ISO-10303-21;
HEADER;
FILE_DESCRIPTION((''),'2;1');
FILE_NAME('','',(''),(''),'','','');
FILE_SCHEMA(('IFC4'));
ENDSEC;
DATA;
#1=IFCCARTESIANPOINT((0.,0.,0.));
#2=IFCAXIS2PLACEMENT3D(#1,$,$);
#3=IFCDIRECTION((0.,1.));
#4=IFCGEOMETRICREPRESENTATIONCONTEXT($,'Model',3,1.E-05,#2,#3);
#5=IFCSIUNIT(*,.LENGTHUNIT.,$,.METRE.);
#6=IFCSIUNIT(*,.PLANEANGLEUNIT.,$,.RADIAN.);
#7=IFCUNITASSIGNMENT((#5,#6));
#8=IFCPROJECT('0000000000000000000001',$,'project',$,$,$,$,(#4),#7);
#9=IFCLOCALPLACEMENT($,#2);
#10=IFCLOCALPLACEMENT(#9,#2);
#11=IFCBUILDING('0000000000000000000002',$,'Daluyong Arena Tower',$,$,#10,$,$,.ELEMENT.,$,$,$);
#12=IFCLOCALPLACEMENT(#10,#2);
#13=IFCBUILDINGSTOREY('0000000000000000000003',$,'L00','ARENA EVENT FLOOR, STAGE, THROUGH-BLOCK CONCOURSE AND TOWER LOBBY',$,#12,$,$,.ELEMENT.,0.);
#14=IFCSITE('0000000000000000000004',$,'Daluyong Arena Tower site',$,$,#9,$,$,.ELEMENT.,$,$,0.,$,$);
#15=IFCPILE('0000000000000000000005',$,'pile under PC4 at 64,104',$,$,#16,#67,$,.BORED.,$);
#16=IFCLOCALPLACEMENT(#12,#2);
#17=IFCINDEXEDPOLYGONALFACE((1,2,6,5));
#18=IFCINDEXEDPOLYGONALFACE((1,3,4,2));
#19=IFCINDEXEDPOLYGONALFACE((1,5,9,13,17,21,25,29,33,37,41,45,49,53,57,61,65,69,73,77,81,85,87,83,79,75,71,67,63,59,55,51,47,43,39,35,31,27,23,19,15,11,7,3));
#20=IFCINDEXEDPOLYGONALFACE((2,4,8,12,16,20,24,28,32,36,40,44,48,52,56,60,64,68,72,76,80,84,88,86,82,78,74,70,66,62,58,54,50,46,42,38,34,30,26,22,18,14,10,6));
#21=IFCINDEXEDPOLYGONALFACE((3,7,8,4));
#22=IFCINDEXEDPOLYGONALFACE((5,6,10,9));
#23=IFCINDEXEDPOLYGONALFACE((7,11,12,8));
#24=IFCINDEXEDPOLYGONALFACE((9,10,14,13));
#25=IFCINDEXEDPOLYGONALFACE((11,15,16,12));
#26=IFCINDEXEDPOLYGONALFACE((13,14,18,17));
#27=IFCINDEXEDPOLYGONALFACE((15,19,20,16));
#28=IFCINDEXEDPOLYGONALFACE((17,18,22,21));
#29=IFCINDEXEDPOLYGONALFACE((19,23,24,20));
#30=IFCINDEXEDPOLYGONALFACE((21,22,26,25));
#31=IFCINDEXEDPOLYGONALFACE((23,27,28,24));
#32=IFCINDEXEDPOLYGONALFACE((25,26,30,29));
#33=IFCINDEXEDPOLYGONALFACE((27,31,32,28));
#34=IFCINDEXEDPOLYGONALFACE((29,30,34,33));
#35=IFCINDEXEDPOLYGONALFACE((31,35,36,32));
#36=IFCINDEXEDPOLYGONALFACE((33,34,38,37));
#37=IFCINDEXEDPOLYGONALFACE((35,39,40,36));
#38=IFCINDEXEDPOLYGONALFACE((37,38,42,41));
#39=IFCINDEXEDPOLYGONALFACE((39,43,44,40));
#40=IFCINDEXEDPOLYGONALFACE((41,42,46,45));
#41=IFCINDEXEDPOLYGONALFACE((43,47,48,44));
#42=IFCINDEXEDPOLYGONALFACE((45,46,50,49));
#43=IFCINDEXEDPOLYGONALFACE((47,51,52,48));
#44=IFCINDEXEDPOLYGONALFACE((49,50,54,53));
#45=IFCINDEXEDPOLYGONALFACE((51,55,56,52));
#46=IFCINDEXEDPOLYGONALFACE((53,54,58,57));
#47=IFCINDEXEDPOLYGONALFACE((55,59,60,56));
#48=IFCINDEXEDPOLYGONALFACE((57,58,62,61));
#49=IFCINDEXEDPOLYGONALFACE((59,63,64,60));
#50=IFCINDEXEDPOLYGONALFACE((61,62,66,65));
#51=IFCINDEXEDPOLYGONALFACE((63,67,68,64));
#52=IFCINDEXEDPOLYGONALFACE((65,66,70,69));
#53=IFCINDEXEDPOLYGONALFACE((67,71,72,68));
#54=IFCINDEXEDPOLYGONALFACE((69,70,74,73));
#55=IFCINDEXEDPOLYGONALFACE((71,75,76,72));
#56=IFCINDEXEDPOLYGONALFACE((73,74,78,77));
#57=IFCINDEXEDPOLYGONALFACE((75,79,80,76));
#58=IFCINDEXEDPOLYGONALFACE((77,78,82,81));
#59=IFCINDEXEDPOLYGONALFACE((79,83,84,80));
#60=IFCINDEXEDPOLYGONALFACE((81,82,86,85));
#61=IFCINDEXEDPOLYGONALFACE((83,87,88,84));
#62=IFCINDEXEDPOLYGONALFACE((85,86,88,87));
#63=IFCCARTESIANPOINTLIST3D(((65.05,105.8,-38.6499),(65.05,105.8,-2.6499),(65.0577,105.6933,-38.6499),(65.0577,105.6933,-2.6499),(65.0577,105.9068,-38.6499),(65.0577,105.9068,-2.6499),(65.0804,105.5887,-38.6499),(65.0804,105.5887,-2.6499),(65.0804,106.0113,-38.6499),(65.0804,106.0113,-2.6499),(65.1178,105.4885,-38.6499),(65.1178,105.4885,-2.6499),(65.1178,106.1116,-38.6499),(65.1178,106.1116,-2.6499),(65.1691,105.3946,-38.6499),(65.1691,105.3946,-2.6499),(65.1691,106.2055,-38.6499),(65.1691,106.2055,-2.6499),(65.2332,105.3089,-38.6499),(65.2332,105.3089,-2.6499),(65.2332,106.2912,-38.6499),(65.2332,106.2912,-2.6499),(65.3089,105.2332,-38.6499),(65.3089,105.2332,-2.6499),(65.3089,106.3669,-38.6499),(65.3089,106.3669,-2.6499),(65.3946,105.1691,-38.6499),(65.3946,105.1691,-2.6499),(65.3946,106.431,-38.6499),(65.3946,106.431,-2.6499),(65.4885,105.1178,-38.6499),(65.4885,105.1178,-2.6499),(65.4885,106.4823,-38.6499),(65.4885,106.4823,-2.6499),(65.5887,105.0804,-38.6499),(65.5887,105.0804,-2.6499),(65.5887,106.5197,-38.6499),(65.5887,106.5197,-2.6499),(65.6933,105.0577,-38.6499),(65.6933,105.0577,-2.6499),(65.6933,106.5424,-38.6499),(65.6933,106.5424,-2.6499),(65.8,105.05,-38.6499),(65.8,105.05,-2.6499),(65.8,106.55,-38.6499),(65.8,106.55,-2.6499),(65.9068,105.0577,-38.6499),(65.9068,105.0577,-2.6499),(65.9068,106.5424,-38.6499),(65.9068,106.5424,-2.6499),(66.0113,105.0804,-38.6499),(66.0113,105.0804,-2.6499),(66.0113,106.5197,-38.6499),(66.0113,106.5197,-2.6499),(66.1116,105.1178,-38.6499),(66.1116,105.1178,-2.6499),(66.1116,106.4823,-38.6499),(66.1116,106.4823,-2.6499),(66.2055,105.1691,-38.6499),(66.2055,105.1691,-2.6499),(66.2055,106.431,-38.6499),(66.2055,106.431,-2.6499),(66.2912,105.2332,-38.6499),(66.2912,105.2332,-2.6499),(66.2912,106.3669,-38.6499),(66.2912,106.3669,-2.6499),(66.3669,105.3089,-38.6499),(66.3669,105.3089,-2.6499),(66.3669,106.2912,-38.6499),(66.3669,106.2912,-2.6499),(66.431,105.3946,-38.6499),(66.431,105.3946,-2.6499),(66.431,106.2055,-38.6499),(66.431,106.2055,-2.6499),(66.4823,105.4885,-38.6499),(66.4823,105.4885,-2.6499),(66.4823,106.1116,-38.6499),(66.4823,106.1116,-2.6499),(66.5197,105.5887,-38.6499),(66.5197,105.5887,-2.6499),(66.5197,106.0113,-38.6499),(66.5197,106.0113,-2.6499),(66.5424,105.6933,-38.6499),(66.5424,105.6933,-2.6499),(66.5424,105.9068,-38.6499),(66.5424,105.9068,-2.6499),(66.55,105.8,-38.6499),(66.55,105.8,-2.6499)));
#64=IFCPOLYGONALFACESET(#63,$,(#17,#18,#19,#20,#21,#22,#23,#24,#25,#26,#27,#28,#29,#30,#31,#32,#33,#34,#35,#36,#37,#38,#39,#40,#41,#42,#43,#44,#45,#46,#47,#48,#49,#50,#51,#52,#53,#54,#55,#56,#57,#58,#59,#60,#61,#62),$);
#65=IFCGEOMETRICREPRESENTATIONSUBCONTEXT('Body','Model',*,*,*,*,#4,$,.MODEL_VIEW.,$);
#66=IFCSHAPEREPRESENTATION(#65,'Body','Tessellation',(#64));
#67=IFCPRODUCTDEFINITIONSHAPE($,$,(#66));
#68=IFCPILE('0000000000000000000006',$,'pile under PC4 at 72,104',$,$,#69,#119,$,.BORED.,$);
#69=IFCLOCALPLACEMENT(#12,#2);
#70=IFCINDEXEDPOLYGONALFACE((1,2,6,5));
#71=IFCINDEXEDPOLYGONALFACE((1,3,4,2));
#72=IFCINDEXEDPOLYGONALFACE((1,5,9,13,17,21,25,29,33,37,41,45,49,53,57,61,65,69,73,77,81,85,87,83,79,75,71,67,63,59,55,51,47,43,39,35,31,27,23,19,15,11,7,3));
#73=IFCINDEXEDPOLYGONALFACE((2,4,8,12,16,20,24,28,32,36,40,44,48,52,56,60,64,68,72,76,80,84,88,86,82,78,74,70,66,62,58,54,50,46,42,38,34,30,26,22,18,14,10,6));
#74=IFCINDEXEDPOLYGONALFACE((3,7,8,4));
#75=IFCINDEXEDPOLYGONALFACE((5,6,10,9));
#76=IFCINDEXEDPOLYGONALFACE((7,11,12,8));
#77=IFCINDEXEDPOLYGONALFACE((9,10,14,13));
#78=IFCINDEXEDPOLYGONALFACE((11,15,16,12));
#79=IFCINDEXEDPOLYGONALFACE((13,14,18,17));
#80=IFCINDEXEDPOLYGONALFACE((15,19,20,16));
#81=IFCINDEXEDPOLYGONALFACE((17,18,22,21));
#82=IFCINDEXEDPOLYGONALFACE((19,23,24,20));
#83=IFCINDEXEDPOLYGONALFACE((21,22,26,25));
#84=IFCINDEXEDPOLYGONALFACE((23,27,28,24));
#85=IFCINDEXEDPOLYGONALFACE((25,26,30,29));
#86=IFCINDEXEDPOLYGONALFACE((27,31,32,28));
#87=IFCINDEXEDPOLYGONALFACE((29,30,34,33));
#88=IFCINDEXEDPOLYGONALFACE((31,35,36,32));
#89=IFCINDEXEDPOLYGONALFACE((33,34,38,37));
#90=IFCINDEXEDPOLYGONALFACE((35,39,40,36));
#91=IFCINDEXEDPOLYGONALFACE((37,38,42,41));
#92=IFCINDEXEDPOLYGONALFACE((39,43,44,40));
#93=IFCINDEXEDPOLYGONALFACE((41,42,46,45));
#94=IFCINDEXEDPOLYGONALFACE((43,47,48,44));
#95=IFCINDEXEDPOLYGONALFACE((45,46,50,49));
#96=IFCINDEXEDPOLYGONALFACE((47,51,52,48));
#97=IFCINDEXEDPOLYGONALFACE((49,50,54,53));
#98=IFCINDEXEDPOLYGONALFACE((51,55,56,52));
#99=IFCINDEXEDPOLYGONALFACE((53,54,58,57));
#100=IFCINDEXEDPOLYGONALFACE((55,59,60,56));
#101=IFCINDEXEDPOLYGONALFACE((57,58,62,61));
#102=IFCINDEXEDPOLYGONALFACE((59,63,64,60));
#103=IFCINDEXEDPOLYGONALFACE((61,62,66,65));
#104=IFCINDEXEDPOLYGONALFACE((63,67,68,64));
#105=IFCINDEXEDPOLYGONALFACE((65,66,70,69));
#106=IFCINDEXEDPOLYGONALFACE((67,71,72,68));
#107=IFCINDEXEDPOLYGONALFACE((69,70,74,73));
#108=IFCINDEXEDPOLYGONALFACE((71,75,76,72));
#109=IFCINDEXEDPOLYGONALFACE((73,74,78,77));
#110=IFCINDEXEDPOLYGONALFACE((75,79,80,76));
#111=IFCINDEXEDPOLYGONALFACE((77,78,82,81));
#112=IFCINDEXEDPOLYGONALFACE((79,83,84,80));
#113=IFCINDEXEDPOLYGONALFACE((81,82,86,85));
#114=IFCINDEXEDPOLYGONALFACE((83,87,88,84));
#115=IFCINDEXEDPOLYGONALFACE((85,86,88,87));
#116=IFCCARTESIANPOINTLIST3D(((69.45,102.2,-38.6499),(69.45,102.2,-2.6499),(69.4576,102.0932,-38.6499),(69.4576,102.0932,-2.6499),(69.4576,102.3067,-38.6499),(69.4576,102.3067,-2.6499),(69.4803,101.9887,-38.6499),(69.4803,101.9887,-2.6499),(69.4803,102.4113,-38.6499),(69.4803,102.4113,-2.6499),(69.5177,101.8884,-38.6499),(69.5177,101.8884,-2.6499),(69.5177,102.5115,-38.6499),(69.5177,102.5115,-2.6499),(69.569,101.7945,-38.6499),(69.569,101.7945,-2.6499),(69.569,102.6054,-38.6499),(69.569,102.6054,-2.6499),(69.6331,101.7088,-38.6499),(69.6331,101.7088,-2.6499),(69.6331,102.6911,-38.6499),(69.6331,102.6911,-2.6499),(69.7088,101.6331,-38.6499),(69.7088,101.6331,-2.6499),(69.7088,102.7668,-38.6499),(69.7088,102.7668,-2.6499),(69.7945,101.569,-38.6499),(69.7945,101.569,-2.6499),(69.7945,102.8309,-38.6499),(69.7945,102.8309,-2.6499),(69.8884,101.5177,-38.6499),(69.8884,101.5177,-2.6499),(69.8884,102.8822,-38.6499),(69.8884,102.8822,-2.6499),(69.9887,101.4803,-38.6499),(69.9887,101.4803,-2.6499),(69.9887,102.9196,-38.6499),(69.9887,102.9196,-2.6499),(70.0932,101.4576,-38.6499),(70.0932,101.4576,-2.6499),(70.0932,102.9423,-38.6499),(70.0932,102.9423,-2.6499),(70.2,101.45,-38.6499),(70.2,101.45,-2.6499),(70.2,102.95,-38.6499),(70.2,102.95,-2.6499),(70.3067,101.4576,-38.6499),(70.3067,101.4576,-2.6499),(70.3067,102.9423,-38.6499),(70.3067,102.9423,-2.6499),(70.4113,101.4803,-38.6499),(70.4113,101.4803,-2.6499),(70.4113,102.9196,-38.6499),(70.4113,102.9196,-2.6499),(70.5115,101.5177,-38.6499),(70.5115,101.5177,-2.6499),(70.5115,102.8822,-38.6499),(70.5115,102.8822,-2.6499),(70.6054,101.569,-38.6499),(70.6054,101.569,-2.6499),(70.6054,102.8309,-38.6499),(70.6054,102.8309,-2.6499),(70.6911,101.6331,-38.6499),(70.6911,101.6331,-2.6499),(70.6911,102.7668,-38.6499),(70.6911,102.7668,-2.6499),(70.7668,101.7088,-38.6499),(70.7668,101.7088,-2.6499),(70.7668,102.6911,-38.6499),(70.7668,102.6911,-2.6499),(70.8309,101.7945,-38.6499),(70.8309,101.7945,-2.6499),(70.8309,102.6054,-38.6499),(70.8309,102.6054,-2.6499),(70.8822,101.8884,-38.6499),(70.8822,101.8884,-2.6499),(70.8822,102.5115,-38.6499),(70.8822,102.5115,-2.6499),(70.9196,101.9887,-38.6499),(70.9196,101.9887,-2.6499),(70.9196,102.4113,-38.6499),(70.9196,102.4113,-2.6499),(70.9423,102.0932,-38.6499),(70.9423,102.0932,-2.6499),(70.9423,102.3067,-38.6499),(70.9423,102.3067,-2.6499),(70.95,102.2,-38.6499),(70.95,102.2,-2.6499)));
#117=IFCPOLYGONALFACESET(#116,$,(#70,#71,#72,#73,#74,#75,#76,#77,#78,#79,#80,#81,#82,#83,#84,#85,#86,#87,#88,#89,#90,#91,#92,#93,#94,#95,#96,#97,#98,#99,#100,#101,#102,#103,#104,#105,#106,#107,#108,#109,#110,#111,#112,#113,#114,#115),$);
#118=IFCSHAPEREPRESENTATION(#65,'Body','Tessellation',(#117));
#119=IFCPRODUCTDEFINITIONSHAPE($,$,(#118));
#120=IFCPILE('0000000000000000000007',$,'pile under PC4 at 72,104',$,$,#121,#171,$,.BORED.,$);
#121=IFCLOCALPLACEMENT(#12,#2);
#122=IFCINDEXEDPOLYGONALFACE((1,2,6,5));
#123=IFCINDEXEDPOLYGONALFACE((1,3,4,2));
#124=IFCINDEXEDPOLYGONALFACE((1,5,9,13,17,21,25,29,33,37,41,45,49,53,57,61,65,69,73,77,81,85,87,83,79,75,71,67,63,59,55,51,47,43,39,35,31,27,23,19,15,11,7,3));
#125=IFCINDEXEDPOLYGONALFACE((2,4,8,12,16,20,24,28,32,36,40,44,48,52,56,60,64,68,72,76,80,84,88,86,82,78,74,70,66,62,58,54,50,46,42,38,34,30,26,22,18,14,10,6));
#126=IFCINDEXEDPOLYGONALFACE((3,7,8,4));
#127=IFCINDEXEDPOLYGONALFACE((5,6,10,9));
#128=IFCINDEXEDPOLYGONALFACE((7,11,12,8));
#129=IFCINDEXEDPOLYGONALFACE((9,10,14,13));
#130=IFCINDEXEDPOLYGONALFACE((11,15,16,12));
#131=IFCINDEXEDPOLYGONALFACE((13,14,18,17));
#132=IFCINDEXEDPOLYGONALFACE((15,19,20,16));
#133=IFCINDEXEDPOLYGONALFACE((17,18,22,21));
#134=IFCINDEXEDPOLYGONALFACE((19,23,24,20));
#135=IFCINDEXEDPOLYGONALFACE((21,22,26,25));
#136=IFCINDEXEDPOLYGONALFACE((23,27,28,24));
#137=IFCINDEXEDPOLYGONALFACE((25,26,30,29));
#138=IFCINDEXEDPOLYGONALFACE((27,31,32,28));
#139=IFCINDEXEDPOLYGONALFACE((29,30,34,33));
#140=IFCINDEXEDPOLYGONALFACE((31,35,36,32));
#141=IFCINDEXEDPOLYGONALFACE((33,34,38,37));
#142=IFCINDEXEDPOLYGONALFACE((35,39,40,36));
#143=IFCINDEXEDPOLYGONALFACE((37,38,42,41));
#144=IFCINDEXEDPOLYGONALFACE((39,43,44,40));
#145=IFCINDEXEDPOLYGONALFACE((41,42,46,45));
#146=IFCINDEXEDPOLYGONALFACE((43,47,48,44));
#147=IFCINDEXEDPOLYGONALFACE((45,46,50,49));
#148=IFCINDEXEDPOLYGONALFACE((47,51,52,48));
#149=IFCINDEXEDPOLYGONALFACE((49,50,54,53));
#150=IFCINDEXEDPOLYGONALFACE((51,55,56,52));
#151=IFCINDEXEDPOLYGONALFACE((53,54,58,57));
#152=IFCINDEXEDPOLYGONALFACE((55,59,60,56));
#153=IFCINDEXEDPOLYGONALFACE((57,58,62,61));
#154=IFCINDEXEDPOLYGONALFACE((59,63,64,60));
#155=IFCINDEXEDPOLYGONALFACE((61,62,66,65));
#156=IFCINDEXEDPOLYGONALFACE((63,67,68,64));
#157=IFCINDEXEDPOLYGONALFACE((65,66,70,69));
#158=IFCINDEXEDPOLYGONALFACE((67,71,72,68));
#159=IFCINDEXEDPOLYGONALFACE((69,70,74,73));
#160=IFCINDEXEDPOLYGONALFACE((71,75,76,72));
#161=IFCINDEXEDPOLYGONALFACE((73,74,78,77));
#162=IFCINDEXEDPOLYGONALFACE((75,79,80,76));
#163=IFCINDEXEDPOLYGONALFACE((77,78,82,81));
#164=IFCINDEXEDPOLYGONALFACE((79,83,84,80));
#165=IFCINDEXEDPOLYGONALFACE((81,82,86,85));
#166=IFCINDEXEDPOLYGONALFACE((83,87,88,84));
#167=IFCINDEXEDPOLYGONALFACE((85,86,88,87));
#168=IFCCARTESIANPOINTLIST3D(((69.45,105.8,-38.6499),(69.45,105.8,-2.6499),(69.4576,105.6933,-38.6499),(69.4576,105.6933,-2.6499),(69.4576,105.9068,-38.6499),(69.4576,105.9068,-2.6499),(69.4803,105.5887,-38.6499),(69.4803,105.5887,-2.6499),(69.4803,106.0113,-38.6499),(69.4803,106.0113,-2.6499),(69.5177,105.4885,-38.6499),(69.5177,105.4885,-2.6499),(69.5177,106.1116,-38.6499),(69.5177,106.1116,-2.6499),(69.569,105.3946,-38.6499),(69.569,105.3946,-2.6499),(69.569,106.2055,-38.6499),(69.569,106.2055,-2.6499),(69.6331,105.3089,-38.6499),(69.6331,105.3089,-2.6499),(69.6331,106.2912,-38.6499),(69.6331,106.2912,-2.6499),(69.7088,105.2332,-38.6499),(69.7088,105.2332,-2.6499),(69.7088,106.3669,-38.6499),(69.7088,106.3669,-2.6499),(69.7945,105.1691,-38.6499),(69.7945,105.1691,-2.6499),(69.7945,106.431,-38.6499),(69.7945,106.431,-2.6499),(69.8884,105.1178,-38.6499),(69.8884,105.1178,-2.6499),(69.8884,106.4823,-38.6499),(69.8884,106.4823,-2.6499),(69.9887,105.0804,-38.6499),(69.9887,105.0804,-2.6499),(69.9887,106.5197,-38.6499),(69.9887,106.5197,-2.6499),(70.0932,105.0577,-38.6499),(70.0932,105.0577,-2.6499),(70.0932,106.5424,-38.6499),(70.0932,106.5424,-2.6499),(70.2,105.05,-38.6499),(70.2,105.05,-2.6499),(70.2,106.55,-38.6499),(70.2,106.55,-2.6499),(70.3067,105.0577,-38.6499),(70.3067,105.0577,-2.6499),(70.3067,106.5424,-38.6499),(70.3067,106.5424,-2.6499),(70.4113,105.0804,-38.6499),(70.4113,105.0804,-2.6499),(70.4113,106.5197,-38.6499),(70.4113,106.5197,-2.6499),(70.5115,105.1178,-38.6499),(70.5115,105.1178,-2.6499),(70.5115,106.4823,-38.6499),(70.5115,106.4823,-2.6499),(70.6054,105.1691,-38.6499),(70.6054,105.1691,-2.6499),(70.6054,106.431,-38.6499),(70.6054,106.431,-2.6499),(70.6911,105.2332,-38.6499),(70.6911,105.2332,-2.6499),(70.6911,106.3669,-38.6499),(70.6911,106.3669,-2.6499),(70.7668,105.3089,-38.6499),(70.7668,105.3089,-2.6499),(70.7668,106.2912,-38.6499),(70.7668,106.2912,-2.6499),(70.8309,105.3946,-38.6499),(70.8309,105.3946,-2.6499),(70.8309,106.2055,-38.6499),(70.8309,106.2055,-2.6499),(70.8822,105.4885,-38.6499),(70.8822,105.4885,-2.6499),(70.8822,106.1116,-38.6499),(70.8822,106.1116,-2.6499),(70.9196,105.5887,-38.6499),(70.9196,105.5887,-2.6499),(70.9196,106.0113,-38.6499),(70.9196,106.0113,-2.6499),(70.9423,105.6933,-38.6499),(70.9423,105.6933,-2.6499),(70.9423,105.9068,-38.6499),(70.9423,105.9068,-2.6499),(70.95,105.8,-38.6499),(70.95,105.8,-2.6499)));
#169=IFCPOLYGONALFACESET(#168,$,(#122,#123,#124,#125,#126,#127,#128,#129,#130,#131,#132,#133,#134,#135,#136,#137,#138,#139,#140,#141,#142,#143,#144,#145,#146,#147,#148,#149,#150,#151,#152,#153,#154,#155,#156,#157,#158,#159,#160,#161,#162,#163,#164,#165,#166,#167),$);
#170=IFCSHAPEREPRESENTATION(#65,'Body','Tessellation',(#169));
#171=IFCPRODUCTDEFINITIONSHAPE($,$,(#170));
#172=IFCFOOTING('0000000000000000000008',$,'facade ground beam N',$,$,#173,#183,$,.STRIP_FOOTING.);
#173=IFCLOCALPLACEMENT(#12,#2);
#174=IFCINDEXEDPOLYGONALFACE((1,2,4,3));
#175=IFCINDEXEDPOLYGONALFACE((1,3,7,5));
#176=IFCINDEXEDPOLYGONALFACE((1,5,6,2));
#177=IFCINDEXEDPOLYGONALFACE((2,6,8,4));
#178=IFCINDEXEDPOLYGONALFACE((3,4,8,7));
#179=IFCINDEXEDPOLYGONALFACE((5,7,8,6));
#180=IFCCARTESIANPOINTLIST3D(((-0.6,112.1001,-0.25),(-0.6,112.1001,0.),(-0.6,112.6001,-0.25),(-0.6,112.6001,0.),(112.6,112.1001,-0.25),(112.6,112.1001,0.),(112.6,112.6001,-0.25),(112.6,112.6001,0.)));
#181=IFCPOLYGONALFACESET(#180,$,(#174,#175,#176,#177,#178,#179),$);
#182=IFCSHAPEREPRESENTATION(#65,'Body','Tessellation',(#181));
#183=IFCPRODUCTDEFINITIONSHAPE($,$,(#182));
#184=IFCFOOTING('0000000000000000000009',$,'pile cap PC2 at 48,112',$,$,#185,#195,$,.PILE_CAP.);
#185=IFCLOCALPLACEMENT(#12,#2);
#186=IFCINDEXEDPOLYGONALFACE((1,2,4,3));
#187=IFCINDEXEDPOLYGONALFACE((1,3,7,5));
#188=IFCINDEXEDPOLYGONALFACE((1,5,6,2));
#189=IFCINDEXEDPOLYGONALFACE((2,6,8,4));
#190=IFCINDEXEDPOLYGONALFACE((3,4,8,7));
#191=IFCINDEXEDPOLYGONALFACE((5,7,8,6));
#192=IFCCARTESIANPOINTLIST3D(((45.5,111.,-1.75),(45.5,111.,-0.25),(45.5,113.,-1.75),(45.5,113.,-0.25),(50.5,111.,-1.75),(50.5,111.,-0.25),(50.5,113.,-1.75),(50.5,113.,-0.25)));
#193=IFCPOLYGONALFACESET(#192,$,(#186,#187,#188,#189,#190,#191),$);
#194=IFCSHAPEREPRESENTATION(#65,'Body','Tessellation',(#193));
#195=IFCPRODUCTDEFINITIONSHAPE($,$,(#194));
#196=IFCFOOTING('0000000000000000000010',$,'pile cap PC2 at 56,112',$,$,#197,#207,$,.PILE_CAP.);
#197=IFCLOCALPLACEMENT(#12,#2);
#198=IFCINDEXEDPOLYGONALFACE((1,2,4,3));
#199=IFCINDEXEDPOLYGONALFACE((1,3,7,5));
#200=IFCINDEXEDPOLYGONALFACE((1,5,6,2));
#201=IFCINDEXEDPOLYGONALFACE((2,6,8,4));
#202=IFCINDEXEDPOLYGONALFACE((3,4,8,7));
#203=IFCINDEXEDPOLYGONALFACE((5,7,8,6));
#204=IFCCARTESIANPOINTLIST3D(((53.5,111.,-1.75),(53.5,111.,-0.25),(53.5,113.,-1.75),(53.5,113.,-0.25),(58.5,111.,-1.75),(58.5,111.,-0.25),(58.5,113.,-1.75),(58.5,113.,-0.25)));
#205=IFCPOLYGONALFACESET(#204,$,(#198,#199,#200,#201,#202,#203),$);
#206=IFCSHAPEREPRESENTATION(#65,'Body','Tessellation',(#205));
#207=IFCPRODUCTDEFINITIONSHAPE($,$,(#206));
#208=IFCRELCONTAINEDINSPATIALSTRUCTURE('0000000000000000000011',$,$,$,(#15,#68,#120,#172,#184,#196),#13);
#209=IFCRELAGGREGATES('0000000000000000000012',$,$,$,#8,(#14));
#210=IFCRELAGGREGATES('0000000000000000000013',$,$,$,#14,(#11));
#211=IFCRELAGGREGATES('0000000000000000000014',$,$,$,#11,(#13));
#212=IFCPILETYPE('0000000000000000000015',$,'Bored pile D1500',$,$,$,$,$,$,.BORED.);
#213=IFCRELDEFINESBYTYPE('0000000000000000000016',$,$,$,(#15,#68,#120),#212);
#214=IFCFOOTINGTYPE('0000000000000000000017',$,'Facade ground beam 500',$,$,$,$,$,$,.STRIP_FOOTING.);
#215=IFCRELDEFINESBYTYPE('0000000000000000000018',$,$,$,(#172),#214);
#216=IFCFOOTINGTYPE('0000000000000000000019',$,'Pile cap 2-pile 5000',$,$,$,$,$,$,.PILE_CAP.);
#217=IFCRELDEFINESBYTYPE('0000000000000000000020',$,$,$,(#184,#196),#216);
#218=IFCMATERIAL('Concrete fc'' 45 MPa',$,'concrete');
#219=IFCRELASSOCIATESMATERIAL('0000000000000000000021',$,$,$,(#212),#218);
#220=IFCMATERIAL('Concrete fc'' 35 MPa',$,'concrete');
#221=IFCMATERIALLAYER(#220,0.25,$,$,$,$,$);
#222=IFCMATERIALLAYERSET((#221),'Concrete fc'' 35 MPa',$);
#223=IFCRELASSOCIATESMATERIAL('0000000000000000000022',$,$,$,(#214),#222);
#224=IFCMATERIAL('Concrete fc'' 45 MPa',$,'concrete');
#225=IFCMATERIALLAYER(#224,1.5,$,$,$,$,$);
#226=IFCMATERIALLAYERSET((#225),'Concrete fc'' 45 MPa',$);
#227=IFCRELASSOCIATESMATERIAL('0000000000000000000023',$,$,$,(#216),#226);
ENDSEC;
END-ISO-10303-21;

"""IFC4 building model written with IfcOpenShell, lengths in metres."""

from ifc_helpers import new_model, si_unit, direction, frame, origin, origin_2d, place, context, subcontext, project, spatial, rectangle, circle, extrude, material, layer, layer_set, type_object, element, save


model = new_model("IFC4")

# Units and contexts
model_context = context("Model", 3, precision=1e-05, world=origin(), true_north=direction((0.0, 1.0)))
body_context = subcontext(model_context, "Body", "Model", "MODEL_VIEW")
ifc_project = project(units=[si_unit("LENGTHUNIT", "METRE"), si_unit("PLANEANGLEUNIT", "RADIAN")], contexts=[model_context])

# Site, building, storey
site_placement = place(None, origin())
site = spatial("IfcSite", under=ifc_project, at=site_placement, Name="Daluyong Arena Tower site", CompositionType="ELEMENT", RefElevation=0.0)
building_placement = place(site_placement, origin())
building = spatial("IfcBuilding", under=site, at=building_placement, Name="Daluyong Arena Tower", CompositionType="ELEMENT")
storey_placement = place(building_placement, origin())
storey = spatial("IfcBuildingStorey", under=building, at=storey_placement, Name="L00", Description="ARENA EVENT FLOOR, STAGE, THROUGH-BLOCK CONCOURSE AND TOWER LOBBY", CompositionType="ELEMENT", Elevation=0.0)

# Piles
ifc_material_1 = material(Name="Concrete fc' 45 MPa", Category="concrete")
pile_type_1 = type_object("IfcPileType", Name="Bored pile D1500", PredefinedType="BORED", material=ifc_material_1)
for number, where, z_axis, x_axis, name in (
    (1, (65.8, 105.8, -2.6499), (0.0, 0.0, -1.0), (1.0, 0.0, 0.0), "pile under PC4 at 64,104"),
    (2, (70.2, 102.2, -2.6499), (0.0, 0.0, -1.0), (1.0, 0.0, 0.0), "pile under PC4 at 72,104"),
    (3, (70.2, 105.8, -2.6499), (0.0, 0.0, -1.0), (1.0, 0.0, 0.0), "pile under PC4 at 72,104"),
):
    element("IfcPile", number, at=place(storey_placement, frame(where, z_axis=z_axis, x_axis=x_axis)), inside=storey, type_object=pile_type_1, Name=name, PredefinedType="BORED", context=body_context, shape_type="SweptSolid", body=[
        extrude(circle(Radius=0.75, at=origin_2d()), origin(), (0.0, 0.0, 1.0), 36.0),
    ])

# Footings
ifc_material_2 = material(Name="Concrete fc' 35 MPa", Category="concrete")
ifc_layer_1 = layer(ifc_material_2, 0.25)
ifc_layer_set_1 = layer_set([ifc_layer_1], Name="Concrete fc' 35 MPa")
footing_type_1 = type_object("IfcFootingType", Name="Facade ground beam 500", PredefinedType="STRIP_FOOTING", material=ifc_layer_set_1)
footing_placement = place(storey_placement, frame((56.0, 112.3501, -0.25), z_axis=(0.0, 0.0, 1.0), x_axis=(1.0, 0.0, 0.0)))
element("IfcFooting", 4, at=footing_placement, inside=storey, type_object=footing_type_1, Name="facade ground beam N", PredefinedType="STRIP_FOOTING", context=body_context, shape_type="SweptSolid", body=[
    extrude(rectangle(XDim=113.2, YDim=0.5, at=origin_2d()), origin(), (0.0, 0.0, 1.0), 0.25),
])
ifc_material_3 = material(Name="Concrete fc' 45 MPa", Category="concrete")
ifc_layer_2 = layer(ifc_material_3, 1.5)
ifc_layer_set_2 = layer_set([ifc_layer_2], Name="Concrete fc' 45 MPa")
footing_type_2 = type_object("IfcFootingType", Name="Pile cap 2-pile 5000", PredefinedType="PILE_CAP", material=ifc_layer_set_2)
for number, where, z_axis, x_axis, name in (
    (5, (48.0, 112.0, -1.75), (0.0, 0.0, 1.0), (1.0, 0.0, 0.0), "pile cap PC2 at 48,112"),
    (6, (56.0, 112.0, -1.75), (0.0, 0.0, 1.0), (1.0, 0.0, 0.0), "pile cap PC2 at 56,112"),
):
    element("IfcFooting", number, at=place(storey_placement, frame(where, z_axis=z_axis, x_axis=x_axis)), inside=storey, type_object=footing_type_2, Name=name, PredefinedType="PILE_CAP", context=body_context, shape_type="SweptSolid", body=[
        extrude(rectangle(XDim=5.0, YDim=2.0, at=origin_2d()), origin(), (0.0, 0.0, 1.0), 1.5),
    ])

save(model, "model.ifc")
